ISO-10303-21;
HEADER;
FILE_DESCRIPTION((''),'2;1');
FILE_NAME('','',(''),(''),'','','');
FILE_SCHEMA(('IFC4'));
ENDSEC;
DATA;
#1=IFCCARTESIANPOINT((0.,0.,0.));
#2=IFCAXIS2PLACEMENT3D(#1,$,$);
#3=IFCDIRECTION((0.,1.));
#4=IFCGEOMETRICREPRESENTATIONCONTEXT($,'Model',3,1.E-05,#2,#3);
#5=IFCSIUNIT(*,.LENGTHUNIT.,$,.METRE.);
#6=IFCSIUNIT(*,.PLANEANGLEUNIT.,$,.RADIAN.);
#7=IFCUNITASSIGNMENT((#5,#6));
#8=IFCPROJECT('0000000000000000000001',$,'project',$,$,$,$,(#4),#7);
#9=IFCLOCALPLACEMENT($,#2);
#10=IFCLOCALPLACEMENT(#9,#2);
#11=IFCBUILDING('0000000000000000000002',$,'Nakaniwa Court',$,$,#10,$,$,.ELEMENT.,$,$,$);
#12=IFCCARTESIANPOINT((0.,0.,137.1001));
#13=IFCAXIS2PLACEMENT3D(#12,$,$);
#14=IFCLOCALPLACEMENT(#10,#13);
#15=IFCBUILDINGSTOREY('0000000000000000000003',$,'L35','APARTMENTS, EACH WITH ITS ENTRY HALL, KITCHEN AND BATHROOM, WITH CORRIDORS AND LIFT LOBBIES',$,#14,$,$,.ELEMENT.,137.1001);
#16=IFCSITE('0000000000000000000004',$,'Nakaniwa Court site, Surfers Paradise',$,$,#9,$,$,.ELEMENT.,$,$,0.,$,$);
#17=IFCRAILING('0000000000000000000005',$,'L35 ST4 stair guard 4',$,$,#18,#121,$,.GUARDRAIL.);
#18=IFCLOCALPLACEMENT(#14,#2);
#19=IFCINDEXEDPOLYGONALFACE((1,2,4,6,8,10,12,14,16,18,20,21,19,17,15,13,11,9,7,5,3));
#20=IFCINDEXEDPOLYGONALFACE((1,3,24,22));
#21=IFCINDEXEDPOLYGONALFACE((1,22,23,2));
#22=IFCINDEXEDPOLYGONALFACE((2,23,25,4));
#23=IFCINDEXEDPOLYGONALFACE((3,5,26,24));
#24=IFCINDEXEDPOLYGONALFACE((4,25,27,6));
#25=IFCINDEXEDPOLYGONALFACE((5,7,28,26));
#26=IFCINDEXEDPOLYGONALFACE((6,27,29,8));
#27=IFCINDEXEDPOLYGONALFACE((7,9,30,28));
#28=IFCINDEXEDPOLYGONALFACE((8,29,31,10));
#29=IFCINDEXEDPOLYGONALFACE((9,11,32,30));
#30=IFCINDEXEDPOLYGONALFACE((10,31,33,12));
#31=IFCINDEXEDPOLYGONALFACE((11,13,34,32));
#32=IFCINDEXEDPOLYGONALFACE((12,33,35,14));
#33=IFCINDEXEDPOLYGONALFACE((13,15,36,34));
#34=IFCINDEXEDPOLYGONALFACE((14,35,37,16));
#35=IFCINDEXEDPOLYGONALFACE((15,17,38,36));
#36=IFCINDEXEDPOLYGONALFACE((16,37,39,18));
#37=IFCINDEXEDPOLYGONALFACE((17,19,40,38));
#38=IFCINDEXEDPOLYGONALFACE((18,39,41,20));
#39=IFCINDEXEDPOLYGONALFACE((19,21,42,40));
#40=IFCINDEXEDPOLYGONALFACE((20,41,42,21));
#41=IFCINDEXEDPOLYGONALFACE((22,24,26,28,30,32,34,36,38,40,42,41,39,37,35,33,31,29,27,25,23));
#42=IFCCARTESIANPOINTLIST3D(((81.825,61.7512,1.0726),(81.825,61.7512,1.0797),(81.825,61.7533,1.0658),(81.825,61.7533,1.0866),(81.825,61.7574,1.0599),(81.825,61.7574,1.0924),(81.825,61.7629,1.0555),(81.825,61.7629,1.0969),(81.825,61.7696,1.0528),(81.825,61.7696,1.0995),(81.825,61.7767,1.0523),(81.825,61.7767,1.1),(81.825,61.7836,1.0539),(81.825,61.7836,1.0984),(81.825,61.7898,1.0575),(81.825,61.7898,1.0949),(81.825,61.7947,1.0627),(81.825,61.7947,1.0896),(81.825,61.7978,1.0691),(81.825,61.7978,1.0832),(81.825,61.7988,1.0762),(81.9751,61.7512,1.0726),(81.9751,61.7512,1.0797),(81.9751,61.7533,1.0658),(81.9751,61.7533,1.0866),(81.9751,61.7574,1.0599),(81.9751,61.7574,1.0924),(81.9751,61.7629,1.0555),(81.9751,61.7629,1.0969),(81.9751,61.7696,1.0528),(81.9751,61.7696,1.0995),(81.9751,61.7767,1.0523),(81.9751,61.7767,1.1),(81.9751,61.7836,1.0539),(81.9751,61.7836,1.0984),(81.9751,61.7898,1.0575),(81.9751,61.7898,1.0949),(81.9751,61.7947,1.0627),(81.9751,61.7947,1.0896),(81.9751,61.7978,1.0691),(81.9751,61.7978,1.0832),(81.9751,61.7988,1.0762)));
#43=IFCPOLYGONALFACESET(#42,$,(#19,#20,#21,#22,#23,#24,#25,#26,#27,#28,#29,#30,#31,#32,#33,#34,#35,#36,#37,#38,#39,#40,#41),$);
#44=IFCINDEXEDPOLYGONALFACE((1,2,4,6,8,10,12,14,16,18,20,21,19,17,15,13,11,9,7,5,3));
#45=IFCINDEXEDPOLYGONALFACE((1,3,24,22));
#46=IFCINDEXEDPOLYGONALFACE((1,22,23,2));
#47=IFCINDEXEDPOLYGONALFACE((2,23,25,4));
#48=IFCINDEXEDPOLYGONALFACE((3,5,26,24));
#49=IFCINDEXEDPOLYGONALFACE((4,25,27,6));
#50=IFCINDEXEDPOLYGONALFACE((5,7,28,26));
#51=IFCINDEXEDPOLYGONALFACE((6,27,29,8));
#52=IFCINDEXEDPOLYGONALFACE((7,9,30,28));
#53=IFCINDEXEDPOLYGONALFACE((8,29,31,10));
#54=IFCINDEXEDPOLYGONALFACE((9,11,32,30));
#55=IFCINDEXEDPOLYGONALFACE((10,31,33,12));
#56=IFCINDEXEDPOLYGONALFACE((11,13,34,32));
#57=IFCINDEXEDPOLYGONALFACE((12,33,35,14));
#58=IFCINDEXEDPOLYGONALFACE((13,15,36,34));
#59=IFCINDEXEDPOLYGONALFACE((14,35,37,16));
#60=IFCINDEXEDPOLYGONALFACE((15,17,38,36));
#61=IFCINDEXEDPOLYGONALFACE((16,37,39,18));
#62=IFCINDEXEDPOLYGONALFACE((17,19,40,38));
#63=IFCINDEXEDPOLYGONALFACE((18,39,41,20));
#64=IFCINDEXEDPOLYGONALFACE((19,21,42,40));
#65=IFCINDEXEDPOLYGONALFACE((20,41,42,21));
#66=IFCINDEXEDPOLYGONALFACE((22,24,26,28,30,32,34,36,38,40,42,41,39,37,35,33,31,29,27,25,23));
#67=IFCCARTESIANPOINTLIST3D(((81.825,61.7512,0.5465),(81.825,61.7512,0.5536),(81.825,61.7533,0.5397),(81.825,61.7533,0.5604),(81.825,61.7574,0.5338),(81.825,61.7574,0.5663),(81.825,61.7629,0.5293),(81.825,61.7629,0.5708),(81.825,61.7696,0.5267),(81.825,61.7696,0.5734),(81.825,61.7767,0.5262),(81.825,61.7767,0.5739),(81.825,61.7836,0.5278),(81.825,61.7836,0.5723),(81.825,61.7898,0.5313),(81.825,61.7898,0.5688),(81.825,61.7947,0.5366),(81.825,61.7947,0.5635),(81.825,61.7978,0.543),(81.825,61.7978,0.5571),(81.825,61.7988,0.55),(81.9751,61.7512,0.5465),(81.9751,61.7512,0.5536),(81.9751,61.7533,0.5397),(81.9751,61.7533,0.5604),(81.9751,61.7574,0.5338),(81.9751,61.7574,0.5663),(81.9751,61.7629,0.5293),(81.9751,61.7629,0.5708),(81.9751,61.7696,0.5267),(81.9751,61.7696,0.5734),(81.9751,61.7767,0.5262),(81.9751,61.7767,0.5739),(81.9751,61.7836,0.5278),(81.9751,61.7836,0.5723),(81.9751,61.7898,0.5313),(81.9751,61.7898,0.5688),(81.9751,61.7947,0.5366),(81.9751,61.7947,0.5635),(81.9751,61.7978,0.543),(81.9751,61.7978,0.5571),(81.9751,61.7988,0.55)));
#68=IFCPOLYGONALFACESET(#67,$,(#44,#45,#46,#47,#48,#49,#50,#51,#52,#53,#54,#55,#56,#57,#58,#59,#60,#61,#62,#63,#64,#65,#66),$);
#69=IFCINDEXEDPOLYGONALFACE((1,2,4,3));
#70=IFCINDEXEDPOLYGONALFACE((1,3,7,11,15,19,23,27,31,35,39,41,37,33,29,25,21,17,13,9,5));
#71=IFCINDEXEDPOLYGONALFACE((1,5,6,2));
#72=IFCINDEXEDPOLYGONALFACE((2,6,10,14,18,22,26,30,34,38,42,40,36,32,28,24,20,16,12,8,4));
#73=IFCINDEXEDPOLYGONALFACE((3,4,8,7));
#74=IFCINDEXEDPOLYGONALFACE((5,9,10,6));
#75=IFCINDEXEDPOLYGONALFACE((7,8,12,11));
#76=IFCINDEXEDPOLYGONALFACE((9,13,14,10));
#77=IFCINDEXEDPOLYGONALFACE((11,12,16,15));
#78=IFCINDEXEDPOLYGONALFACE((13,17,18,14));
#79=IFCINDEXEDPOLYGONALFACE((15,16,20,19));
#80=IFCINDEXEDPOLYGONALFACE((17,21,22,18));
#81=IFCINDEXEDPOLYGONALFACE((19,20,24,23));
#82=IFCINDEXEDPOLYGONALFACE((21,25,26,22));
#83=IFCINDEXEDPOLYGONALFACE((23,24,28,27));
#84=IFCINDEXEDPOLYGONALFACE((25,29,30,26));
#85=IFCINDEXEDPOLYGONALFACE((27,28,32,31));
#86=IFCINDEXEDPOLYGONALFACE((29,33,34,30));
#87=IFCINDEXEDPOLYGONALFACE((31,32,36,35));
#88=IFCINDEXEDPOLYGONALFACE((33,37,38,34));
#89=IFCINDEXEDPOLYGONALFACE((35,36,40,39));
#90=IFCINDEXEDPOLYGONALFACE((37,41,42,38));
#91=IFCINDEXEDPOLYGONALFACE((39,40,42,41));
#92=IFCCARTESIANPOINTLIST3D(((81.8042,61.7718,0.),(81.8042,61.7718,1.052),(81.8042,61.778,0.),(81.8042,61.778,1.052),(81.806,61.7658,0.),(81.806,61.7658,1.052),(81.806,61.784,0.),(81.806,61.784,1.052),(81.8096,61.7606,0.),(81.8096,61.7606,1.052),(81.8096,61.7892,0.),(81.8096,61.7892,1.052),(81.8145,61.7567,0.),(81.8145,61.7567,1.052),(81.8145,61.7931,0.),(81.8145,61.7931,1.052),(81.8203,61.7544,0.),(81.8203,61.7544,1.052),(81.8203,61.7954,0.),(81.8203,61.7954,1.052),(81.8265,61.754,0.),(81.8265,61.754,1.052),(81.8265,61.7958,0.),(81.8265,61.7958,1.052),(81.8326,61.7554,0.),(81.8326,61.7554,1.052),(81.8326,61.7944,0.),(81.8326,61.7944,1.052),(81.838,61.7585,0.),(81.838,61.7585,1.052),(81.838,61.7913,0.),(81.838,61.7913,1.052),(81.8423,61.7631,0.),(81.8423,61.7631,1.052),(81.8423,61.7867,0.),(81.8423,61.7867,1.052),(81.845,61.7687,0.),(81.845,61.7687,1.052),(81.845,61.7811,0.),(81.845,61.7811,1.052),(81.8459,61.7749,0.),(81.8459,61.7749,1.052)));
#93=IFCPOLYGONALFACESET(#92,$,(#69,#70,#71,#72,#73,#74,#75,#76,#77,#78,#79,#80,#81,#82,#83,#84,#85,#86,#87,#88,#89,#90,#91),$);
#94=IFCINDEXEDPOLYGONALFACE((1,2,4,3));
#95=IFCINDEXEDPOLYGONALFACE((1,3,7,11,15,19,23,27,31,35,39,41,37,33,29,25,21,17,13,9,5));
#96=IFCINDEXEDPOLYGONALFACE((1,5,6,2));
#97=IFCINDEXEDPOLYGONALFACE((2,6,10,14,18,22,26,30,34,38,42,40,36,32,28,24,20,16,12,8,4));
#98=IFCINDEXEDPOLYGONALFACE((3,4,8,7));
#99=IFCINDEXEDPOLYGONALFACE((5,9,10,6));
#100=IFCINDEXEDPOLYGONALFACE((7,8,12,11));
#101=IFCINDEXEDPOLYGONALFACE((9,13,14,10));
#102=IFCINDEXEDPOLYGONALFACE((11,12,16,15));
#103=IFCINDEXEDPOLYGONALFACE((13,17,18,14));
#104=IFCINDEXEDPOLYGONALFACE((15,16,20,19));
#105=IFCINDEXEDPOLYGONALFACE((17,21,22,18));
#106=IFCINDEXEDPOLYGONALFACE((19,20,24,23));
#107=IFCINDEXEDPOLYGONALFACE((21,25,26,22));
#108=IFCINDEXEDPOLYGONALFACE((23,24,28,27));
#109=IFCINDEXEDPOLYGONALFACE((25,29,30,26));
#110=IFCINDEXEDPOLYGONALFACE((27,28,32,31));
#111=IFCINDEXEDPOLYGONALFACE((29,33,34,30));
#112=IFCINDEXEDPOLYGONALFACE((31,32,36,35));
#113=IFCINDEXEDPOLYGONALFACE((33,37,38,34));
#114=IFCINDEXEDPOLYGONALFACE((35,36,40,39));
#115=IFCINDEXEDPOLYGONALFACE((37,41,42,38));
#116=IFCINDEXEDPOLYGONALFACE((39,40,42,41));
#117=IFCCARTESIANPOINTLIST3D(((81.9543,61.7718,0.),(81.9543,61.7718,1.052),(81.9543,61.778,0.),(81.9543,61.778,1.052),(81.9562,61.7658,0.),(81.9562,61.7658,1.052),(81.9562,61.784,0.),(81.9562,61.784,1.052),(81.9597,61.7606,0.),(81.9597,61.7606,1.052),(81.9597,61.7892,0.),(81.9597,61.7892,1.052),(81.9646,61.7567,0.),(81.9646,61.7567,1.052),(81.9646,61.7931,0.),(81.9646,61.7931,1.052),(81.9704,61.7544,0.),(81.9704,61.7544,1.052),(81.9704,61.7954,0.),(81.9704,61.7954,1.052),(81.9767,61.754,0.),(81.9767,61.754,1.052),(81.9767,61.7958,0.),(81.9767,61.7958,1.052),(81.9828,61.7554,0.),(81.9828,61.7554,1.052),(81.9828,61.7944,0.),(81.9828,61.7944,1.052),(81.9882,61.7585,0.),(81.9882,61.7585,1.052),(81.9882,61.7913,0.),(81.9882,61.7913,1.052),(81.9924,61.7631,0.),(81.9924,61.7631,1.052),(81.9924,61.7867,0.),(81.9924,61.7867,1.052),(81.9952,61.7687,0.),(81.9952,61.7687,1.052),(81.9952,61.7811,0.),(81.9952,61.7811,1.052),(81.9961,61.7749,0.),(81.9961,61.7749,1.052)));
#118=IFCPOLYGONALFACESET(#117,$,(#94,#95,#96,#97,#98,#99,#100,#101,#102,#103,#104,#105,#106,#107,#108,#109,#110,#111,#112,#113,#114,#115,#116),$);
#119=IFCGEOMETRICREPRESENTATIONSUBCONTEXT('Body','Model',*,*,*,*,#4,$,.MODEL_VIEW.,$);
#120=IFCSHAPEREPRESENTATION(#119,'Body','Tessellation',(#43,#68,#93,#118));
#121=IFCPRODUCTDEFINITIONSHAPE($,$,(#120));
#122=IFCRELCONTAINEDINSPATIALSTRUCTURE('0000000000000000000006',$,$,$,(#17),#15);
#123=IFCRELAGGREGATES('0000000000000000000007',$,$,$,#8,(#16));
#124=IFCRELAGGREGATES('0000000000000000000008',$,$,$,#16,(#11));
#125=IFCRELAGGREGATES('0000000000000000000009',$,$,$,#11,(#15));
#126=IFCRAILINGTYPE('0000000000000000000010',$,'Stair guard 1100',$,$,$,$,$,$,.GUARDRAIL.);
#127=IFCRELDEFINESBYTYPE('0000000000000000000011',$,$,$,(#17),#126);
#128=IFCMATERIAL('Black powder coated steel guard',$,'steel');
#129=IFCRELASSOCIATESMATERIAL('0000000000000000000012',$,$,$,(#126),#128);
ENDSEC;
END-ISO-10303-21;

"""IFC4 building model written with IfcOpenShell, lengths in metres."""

from ifc_helpers import new_model, si_unit, direction, frame, origin, origin_2d, place, context, subcontext, project, spatial, circle, extrude, material, type_object, element, save


model = new_model("IFC4")

# Units and contexts
model_context = context("Model", 3, precision=1e-05, world=origin(), true_north=direction((0.0, 1.0)))
body_context = subcontext(model_context, "Body", "Model", "MODEL_VIEW")
ifc_project = project(units=[si_unit("LENGTHUNIT", "METRE"), si_unit("PLANEANGLEUNIT", "RADIAN")], contexts=[model_context])

# Site, building, storey
site_placement = place(None, origin())
site = spatial("IfcSite", under=ifc_project, at=site_placement, Name="Nakaniwa Court site, Surfers Paradise", CompositionType="ELEMENT", RefElevation=0.0)
building_placement = place(site_placement, origin())
building = spatial("IfcBuilding", under=site, at=building_placement, Name="Nakaniwa Court", CompositionType="ELEMENT")
storey_placement = place(building_placement, frame((0.0, 0.0, 137.1001)))
storey = spatial("IfcBuildingStorey", under=building, at=storey_placement, Name="L35", Description="APARTMENTS, EACH WITH ITS ENTRY HALL, KITCHEN AND BATHROOM, WITH CORRIDORS AND LIFT LOBBIES", CompositionType="ELEMENT", Elevation=137.1001)

# Railing
ifc_material_1 = material(Name="Black powder coated steel guard", Category="steel")
railing_type_1 = type_object("IfcRailingType", Name="Stair guard 1100", PredefinedType="GUARDRAIL", material=ifc_material_1)
railing_1_placement = place(storey_placement, frame((81.825, 61.7749, 0.0)))
element("IfcRailing", 1, at=railing_1_placement, inside=storey, type_object=railing_type_1, Name="L35 ST4 stair guard 4", PredefinedType="GUARDRAIL", context=body_context, shape_type="SweptSolid", body=[
    extrude(circle(Radius=0.0239, at=origin_2d()), frame((0.0, 0.0, 1.0762), z_axis=(1.0, 0.0, 0.0), x_axis=(0.0, 1.0, 0.0)), (0.0, 0.0, 1.0), 0.1501),
    extrude(circle(Radius=0.0239, at=origin_2d()), frame((0.0, 0.0, 0.55), z_axis=(1.0, 0.0, 0.0), x_axis=(0.0, 1.0, 0.0)), (0.0, 0.0, 1.0), 0.1501),
    extrude(circle(Radius=0.021, at=origin_2d()), origin(), (0.0, 0.0, 1.0), 1.052),
    extrude(circle(Radius=0.021, at=origin_2d()), frame((0.1501, 0.0, 0.0)), (0.0, 0.0, 1.0), 1.052),
])

save(model, "model.ifc")
